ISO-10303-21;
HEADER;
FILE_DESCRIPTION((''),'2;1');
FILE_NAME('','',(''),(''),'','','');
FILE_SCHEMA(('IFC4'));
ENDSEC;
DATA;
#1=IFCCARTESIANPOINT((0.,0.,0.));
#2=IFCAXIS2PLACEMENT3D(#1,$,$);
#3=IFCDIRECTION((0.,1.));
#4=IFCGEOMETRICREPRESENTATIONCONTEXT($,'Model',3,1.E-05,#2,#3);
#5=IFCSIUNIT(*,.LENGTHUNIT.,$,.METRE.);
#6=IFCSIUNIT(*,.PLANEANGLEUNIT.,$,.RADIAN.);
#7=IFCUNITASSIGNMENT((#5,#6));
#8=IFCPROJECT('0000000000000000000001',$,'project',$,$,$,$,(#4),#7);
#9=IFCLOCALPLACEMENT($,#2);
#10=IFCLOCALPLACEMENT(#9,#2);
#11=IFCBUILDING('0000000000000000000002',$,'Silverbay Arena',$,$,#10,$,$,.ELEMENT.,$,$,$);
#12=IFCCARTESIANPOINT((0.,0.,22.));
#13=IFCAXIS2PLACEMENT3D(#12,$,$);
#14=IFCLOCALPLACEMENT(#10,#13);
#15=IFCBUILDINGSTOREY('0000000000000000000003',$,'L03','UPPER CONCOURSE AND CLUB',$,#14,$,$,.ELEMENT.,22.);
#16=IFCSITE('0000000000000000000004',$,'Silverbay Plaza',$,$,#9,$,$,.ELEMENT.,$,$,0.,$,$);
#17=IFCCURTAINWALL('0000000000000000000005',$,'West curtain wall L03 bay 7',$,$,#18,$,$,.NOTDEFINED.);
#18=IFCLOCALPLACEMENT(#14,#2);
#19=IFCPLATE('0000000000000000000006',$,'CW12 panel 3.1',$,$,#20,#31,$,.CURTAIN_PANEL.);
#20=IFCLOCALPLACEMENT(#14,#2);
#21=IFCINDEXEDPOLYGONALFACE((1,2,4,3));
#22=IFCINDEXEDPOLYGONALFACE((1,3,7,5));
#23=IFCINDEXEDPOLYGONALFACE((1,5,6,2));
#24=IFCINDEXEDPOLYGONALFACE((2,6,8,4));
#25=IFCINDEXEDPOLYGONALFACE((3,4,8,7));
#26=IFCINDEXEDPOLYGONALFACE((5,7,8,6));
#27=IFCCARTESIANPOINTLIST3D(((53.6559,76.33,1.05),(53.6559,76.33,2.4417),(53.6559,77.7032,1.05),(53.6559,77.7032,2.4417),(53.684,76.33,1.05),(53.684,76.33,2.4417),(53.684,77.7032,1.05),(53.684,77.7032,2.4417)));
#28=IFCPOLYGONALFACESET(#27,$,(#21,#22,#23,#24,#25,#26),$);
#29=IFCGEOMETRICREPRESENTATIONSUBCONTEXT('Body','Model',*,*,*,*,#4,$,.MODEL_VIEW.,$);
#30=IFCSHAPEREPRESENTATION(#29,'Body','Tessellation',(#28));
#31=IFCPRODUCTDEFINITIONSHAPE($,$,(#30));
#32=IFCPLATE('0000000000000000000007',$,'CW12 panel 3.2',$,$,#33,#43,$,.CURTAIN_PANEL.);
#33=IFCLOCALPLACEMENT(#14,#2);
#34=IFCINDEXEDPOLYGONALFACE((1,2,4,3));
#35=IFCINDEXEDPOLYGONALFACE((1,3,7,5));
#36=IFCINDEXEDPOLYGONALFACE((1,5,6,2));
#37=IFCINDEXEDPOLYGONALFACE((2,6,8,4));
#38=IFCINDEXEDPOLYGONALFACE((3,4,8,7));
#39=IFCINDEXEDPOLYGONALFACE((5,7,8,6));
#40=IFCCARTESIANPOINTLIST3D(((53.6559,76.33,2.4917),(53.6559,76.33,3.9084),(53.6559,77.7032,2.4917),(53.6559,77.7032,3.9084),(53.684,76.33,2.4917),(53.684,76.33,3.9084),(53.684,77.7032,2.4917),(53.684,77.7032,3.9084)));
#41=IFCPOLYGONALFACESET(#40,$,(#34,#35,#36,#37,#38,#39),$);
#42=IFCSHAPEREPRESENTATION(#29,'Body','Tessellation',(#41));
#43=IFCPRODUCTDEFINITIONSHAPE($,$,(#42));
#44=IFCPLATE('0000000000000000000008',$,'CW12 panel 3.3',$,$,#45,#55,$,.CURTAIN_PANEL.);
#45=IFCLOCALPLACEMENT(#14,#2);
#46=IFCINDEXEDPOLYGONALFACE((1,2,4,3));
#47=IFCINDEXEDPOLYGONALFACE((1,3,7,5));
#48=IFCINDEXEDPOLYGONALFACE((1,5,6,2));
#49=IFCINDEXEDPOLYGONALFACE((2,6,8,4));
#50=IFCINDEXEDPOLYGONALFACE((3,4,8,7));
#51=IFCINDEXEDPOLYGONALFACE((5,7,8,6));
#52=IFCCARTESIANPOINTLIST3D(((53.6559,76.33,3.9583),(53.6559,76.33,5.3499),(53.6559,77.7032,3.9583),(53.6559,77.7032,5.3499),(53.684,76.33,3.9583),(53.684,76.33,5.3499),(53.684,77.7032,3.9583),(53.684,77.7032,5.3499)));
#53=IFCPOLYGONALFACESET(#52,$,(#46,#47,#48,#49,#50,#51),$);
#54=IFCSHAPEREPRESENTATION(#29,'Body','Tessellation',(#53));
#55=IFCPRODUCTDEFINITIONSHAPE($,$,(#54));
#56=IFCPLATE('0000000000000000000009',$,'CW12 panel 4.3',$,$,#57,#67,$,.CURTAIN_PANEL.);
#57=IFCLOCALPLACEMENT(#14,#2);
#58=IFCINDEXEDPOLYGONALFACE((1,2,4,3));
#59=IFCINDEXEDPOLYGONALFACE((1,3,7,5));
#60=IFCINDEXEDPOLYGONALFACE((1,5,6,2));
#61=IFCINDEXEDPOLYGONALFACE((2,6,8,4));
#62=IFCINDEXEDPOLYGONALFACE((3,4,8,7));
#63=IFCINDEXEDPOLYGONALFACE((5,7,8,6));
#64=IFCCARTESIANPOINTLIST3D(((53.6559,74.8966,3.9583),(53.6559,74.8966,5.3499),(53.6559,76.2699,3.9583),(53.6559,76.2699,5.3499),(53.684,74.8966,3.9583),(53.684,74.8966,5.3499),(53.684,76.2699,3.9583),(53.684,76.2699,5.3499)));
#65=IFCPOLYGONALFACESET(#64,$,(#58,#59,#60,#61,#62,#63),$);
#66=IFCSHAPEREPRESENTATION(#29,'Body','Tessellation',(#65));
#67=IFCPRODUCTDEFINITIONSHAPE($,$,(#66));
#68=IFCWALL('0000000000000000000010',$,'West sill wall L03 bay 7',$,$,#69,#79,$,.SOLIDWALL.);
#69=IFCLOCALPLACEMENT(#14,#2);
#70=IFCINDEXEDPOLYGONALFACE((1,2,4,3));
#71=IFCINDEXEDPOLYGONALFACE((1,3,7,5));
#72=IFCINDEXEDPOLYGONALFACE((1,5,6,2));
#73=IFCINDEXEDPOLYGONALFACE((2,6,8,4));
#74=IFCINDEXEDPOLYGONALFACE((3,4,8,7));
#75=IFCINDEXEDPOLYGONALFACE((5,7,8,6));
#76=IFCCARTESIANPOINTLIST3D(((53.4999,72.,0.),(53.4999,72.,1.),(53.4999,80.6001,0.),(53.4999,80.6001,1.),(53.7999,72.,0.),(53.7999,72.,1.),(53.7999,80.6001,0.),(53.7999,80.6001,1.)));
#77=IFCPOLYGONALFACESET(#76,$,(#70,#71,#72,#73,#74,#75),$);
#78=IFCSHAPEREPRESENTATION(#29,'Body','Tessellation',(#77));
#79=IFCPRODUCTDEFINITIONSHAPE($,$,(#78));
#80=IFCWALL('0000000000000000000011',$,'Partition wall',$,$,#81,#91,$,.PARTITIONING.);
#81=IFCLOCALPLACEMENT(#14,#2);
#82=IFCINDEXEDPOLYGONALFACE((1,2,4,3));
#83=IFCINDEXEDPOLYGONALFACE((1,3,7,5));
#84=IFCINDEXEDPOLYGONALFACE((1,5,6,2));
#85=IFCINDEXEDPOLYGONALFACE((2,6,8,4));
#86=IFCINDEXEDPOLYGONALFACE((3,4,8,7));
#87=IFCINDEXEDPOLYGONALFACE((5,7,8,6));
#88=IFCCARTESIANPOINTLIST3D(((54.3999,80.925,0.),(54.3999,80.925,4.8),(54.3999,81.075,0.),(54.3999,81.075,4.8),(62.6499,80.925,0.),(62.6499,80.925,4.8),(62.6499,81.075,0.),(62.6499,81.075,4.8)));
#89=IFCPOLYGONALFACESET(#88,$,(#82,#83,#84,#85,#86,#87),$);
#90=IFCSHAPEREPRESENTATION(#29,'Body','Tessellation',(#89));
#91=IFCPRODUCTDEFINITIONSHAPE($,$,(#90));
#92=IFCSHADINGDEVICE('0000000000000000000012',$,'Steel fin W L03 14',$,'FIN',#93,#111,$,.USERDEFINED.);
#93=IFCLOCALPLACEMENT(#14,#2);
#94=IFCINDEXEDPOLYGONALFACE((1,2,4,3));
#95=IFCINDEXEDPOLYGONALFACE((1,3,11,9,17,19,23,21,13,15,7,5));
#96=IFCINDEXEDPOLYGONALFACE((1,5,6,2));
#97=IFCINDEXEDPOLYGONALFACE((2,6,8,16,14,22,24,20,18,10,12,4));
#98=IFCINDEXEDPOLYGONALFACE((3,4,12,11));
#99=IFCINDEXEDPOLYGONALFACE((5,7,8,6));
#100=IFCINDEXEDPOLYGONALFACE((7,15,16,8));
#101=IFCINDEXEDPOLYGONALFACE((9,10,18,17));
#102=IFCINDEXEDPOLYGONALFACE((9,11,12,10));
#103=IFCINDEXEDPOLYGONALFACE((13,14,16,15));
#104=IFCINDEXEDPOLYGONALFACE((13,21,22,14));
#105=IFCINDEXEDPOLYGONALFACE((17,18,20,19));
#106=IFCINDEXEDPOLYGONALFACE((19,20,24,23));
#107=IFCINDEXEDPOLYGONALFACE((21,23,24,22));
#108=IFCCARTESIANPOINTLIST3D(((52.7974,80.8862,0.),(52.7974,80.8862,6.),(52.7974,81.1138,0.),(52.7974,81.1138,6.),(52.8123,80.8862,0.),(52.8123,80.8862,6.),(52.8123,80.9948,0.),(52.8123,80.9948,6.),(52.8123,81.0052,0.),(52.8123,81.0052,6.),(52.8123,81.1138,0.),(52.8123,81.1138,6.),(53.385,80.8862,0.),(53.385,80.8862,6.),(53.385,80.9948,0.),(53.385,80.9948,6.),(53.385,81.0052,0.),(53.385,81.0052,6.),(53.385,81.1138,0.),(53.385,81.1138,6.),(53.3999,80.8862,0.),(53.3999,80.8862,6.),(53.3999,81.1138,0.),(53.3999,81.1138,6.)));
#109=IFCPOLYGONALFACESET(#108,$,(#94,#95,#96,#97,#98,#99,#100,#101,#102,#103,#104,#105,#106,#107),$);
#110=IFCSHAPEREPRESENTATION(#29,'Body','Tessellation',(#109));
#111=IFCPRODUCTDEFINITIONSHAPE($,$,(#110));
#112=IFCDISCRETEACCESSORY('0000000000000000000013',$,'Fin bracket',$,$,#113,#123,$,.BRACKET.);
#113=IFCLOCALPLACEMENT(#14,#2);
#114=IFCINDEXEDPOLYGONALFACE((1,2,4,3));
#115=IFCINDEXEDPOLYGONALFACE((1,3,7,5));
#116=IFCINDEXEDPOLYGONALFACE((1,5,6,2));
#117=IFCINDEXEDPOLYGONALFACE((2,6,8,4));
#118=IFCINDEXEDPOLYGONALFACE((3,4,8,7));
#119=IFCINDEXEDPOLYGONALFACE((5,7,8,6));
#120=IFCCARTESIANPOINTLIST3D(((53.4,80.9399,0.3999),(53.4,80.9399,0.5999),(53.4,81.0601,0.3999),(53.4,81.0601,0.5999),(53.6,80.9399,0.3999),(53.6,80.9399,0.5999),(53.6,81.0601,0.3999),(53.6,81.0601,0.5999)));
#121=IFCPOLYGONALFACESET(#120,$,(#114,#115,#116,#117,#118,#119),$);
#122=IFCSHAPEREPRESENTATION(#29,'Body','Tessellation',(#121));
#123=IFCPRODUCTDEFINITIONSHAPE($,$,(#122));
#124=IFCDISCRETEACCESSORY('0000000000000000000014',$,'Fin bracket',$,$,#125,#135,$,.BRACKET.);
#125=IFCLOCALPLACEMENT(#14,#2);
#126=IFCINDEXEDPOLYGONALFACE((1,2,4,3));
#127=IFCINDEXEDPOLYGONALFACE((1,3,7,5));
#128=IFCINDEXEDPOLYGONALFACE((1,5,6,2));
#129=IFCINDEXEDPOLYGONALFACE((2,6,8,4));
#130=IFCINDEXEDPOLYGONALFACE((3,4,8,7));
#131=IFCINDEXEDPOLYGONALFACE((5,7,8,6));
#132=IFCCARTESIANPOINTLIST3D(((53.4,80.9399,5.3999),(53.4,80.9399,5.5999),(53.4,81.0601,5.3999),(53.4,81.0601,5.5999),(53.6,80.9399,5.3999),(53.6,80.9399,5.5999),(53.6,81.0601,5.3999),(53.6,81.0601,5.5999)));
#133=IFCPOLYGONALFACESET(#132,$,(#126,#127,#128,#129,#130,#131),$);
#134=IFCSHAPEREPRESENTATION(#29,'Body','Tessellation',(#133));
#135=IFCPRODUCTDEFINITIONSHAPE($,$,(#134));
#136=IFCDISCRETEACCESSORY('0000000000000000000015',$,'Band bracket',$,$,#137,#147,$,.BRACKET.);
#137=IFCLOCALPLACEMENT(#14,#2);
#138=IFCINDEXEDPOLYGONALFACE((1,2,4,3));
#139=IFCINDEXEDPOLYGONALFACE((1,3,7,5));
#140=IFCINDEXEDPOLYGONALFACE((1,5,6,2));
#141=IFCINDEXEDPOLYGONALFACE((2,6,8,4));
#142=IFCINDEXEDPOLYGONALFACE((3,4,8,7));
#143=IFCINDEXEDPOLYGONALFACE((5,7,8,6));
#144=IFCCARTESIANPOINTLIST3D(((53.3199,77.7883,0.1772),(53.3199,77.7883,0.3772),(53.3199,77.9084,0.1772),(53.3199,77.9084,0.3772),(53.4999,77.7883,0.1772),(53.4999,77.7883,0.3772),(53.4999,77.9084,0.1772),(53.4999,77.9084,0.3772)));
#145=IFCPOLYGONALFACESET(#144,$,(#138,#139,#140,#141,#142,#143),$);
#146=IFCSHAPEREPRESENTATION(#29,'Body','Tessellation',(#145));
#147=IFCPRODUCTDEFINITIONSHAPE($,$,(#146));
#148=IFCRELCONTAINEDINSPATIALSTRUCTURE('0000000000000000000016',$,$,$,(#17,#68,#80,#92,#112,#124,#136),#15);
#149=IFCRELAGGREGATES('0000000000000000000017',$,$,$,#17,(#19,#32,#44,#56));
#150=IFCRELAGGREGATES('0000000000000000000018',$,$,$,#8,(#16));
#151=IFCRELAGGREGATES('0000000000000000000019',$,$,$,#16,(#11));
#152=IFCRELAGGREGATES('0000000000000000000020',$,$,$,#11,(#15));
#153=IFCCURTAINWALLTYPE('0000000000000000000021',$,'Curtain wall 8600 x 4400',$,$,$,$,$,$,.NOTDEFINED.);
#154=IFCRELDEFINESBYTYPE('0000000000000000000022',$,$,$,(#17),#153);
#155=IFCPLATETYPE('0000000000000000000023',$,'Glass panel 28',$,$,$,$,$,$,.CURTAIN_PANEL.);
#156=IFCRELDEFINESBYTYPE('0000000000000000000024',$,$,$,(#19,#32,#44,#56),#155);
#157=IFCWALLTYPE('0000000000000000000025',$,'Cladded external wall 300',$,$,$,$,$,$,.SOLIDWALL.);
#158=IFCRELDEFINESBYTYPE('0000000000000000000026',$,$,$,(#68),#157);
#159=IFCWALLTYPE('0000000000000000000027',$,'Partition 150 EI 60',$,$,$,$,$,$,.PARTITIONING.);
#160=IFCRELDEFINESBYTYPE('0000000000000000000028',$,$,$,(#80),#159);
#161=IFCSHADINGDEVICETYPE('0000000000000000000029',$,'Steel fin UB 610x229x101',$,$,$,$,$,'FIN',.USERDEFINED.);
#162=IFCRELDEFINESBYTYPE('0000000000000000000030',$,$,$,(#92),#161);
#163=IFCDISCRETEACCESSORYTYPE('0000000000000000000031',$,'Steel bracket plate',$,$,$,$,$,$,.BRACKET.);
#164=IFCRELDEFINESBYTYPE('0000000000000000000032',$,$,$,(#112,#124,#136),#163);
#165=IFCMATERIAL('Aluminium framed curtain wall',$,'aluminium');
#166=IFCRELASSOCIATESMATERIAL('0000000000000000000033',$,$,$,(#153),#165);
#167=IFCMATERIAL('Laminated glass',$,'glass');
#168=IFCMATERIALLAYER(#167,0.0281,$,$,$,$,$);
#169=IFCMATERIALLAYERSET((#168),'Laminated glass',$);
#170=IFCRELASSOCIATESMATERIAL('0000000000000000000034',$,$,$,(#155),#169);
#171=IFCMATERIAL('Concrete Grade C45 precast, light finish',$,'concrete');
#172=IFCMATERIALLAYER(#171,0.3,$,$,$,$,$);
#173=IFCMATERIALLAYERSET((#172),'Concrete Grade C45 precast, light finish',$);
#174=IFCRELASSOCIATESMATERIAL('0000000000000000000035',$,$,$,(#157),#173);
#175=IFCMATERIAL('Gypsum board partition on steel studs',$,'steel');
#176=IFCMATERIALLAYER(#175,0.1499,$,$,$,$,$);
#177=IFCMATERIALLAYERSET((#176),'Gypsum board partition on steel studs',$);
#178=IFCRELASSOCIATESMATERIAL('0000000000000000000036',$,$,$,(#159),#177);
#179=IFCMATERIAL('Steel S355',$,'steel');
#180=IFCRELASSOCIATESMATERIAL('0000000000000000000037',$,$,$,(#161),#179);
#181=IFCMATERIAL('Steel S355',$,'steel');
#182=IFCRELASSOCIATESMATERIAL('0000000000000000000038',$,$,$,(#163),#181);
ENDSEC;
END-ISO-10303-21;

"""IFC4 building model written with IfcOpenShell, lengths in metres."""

from ifc_helpers import new_model, si_unit, direction, frame, frame_2d, origin, origin_2d, place, context, subcontext, project, spatial, rectangle, i_section, extrude, material, layer, layer_set, material_profile, profile_set, type_object, element, aggregate, save


model = new_model("IFC4")

# Units and contexts
model_context = context("Model", 3, precision=1e-05, world=origin(), true_north=direction((0.0, 1.0)))
body_context = subcontext(model_context, "Body", "Model", "MODEL_VIEW")
ifc_project = project(units=[si_unit("LENGTHUNIT", "METRE"), si_unit("PLANEANGLEUNIT", "RADIAN")], contexts=[model_context])

# Site, building, storey
site_placement = place(None, origin())
site = spatial("IfcSite", under=ifc_project, at=site_placement, Name="Silverbay Plaza", CompositionType="ELEMENT", RefElevation=0.0)
building_placement = place(site_placement, origin())
building = spatial("IfcBuilding", under=site, at=building_placement, Name="Silverbay Arena", CompositionType="ELEMENT")
storey_placement = place(building_placement, frame((0.0, 0.0, 22.0)))
storey = spatial("IfcBuildingStorey", under=building, at=storey_placement, Name="L03", Description="UPPER CONCOURSE AND CLUB", CompositionType="ELEMENT", Elevation=22.0)

# Curtain wall
ifc_material_1 = material(Name="Aluminium framed curtain wall", Category="aluminium")
curtain_wall_type = type_object("IfcCurtainWallType", Name="Curtain wall 8600 x 4400", PredefinedType="NOTDEFINED", material=ifc_material_1)
curtain_wall_placement = place(storey_placement, origin())
curtain_wall = element("IfcCurtainWall", 1, at=curtain_wall_placement, inside=storey, type_object=curtain_wall_type, Name="West curtain wall L03 bay 7", PredefinedType="NOTDEFINED")

# Plates
ifc_material_2 = material(Name="Laminated glass", Category="glass")
ifc_layer_1 = layer(ifc_material_2, 0.0281)
ifc_layer_set_1 = layer_set([ifc_layer_1], Name="Laminated glass")
plate_type = type_object("IfcPlateType", Name="Glass panel 28", PredefinedType="CURTAIN_PANEL", material=ifc_layer_set_1)
plate_1_placement = place(storey_placement, frame((53.6699, 77.0166, 1.05), z_axis=(0.0, 0.0, 1.0), x_axis=(0.0, -1.0, 0.0)))
plate_1 = element("IfcPlate", 2, at=plate_1_placement, type_object=plate_type, Name="CW12 panel 3.1", PredefinedType="CURTAIN_PANEL", context=body_context, shape_type="SweptSolid", body=[
    extrude(rectangle(XDim=1.3733, YDim=0.0281, at=origin_2d()), origin(), (0.0, 0.0, 1.0), 1.3916),
])
plate_2_placement = place(storey_placement, frame((53.6699, 77.0166, 2.4917), z_axis=(0.0, 0.0, 1.0), x_axis=(0.0, -1.0, 0.0)))
plate_2 = element("IfcPlate", 3, at=plate_2_placement, type_object=plate_type, Name="CW12 panel 3.2", PredefinedType="CURTAIN_PANEL", context=body_context, shape_type="SweptSolid", body=[
    extrude(rectangle(XDim=1.3733, YDim=0.0281, at=origin_2d()), origin(), (0.0, 0.0, 1.0), 1.4167),
])
plate_3_placement = place(storey_placement, frame((53.6699, 77.0166, 3.9583), z_axis=(0.0, 0.0, 1.0), x_axis=(0.0, -1.0, 0.0)))
plate_3 = element("IfcPlate", 4, at=plate_3_placement, type_object=plate_type, Name="CW12 panel 3.3", PredefinedType="CURTAIN_PANEL", context=body_context, shape_type="SweptSolid", body=[
    extrude(rectangle(XDim=1.3733, YDim=0.0281, at=origin_2d()), origin(), (0.0, 0.0, 1.0), 1.3916),
])
plate_4_placement = place(storey_placement, frame((53.6699, 75.5833, 3.9583), z_axis=(0.0, 0.0, 1.0), x_axis=(0.0, -1.0, 0.0)))
plate_4 = element("IfcPlate", 5, at=plate_4_placement, type_object=plate_type, Name="CW12 panel 4.3", PredefinedType="CURTAIN_PANEL", context=body_context, shape_type="SweptSolid", body=[
    extrude(rectangle(XDim=1.3733, YDim=0.0281, at=origin_2d()), origin(), (0.0, 0.0, 1.0), 1.3916),
])
aggregate(curtain_wall, [plate_1, plate_2, plate_3, plate_4])

# Walls
ifc_material_3 = material(Name="Concrete Grade C45 precast, light finish", Category="concrete")
ifc_layer_2 = layer(ifc_material_3, 0.3)
ifc_layer_set_2 = layer_set([ifc_layer_2], Name="Concrete Grade C45 precast, light finish")
wall_type_1 = type_object("IfcWallType", Name="Cladded external wall 300", PredefinedType="SOLIDWALL", material=ifc_layer_set_2)
wall_1_placement = place(storey_placement, frame((53.6499, 80.6001, 0.0), z_axis=(0.0, 0.0, 1.0), x_axis=(0.0, -1.0, 0.0)))
element("IfcWall", 6, at=wall_1_placement, inside=storey, type_object=wall_type_1, Name="West sill wall L03 bay 7", PredefinedType="SOLIDWALL", context=body_context, shape_type="SweptSolid", body=[
    extrude(rectangle(XDim=8.6001, YDim=0.3, at=frame_2d((4.3, 0.0))), origin(), (0.0, 0.0, 1.0), 1.0),
])
ifc_material_4 = material(Name="Gypsum board partition on steel studs", Category="steel")
ifc_layer_3 = layer(ifc_material_4, 0.1499)
ifc_layer_set_3 = layer_set([ifc_layer_3], Name="Gypsum board partition on steel studs")
wall_type_2 = type_object("IfcWallType", Name="Partition 150 EI 60", PredefinedType="PARTITIONING", material=ifc_layer_set_3)
wall_2_placement = place(storey_placement, frame((54.3999, 81.0, 0.0), z_axis=(0.0, 0.0, 1.0), x_axis=(1.0, 0.0, 0.0)))
element("IfcWall", 7, at=wall_2_placement, inside=storey, type_object=wall_type_2, Name="Partition wall", PredefinedType="PARTITIONING", context=body_context, shape_type="SweptSolid", body=[
    extrude(rectangle(XDim=8.25, YDim=0.1499, at=frame_2d((4.125, 0.0))), origin(), (0.0, 0.0, 1.0), 4.8),
])

# Shading device
ifc_material_5 = material(Name="Steel S355", Category="steel")
ifc_material_profile_1 = material_profile(ifc_material_5, i_section(OverallWidth=0.2275, OverallDepth=0.6025, WebThickness=0.0105, FlangeThickness=0.0149, at=origin_2d()), Name="UB 610x229x101")
ifc_profile_set_1 = profile_set([ifc_material_profile_1], Name="Steel S355")
shading_device_type = type_object("IfcShadingDeviceType", Name="Steel fin UB 610x229x101", ElementType="FIN", PredefinedType="USERDEFINED", material=ifc_profile_set_1)
shading_device_placement = place(storey_placement, frame((53.0986, 81.0, 0.0), z_axis=(0.0, 0.0, 1.0), x_axis=(0.0, 1.0, 0.0)))
element("IfcShadingDevice", 8, at=shading_device_placement, inside=storey, type_object=shading_device_type, Name="Steel fin W L03 14", ObjectType="FIN", PredefinedType="USERDEFINED", context=body_context, shape_type="SweptSolid", body=[
    extrude(i_section(OverallWidth=0.2275, OverallDepth=0.6025, WebThickness=0.0105, FlangeThickness=0.0149, at=origin_2d()), origin(), (0.0, 0.0, 1.0), 6.0),
])

# Discrete accessories
ifc_material_6 = material(Name="Steel S355", Category="steel")
discrete_accessory_type = type_object("IfcDiscreteAccessoryType", Name="Steel bracket plate", PredefinedType="BRACKET", material=ifc_material_6)
for number, where, z_axis, x_axis, name in (
    (9, (53.5, 81.0, 0.3999), (0.0, 0.0, 1.0), (1.0, 0.0, 0.0), "Fin bracket"),
    (10, (53.5, 81.0, 5.3999), (0.0, 0.0, 1.0), (1.0, 0.0, 0.0), "Fin bracket"),
):
    element("IfcDiscreteAccessory", number, at=place(storey_placement, frame(where, z_axis=z_axis, x_axis=x_axis)), inside=storey, type_object=discrete_accessory_type, Name=name, PredefinedType="BRACKET", context=body_context, shape_type="SweptSolid", body=[
        extrude(rectangle(XDim=0.2, YDim=0.1201, at=origin_2d()), origin(), (0.0, 0.0, 1.0), 0.2),
    ])
discrete_accessory_placement = place(storey_placement, frame((53.4099, 77.8484, 0.1772), z_axis=(0.0, 0.0, 1.0), x_axis=(1.0, 0.0, 0.0)))
element("IfcDiscreteAccessory", 11, at=discrete_accessory_placement, inside=storey, type_object=discrete_accessory_type, Name="Band bracket", PredefinedType="BRACKET", context=body_context, shape_type="SweptSolid", body=[
    extrude(rectangle(XDim=0.1799, YDim=0.1201, at=origin_2d()), origin(), (0.0, 0.0, 1.0), 0.2),
])

save(model, "model.ifc")
